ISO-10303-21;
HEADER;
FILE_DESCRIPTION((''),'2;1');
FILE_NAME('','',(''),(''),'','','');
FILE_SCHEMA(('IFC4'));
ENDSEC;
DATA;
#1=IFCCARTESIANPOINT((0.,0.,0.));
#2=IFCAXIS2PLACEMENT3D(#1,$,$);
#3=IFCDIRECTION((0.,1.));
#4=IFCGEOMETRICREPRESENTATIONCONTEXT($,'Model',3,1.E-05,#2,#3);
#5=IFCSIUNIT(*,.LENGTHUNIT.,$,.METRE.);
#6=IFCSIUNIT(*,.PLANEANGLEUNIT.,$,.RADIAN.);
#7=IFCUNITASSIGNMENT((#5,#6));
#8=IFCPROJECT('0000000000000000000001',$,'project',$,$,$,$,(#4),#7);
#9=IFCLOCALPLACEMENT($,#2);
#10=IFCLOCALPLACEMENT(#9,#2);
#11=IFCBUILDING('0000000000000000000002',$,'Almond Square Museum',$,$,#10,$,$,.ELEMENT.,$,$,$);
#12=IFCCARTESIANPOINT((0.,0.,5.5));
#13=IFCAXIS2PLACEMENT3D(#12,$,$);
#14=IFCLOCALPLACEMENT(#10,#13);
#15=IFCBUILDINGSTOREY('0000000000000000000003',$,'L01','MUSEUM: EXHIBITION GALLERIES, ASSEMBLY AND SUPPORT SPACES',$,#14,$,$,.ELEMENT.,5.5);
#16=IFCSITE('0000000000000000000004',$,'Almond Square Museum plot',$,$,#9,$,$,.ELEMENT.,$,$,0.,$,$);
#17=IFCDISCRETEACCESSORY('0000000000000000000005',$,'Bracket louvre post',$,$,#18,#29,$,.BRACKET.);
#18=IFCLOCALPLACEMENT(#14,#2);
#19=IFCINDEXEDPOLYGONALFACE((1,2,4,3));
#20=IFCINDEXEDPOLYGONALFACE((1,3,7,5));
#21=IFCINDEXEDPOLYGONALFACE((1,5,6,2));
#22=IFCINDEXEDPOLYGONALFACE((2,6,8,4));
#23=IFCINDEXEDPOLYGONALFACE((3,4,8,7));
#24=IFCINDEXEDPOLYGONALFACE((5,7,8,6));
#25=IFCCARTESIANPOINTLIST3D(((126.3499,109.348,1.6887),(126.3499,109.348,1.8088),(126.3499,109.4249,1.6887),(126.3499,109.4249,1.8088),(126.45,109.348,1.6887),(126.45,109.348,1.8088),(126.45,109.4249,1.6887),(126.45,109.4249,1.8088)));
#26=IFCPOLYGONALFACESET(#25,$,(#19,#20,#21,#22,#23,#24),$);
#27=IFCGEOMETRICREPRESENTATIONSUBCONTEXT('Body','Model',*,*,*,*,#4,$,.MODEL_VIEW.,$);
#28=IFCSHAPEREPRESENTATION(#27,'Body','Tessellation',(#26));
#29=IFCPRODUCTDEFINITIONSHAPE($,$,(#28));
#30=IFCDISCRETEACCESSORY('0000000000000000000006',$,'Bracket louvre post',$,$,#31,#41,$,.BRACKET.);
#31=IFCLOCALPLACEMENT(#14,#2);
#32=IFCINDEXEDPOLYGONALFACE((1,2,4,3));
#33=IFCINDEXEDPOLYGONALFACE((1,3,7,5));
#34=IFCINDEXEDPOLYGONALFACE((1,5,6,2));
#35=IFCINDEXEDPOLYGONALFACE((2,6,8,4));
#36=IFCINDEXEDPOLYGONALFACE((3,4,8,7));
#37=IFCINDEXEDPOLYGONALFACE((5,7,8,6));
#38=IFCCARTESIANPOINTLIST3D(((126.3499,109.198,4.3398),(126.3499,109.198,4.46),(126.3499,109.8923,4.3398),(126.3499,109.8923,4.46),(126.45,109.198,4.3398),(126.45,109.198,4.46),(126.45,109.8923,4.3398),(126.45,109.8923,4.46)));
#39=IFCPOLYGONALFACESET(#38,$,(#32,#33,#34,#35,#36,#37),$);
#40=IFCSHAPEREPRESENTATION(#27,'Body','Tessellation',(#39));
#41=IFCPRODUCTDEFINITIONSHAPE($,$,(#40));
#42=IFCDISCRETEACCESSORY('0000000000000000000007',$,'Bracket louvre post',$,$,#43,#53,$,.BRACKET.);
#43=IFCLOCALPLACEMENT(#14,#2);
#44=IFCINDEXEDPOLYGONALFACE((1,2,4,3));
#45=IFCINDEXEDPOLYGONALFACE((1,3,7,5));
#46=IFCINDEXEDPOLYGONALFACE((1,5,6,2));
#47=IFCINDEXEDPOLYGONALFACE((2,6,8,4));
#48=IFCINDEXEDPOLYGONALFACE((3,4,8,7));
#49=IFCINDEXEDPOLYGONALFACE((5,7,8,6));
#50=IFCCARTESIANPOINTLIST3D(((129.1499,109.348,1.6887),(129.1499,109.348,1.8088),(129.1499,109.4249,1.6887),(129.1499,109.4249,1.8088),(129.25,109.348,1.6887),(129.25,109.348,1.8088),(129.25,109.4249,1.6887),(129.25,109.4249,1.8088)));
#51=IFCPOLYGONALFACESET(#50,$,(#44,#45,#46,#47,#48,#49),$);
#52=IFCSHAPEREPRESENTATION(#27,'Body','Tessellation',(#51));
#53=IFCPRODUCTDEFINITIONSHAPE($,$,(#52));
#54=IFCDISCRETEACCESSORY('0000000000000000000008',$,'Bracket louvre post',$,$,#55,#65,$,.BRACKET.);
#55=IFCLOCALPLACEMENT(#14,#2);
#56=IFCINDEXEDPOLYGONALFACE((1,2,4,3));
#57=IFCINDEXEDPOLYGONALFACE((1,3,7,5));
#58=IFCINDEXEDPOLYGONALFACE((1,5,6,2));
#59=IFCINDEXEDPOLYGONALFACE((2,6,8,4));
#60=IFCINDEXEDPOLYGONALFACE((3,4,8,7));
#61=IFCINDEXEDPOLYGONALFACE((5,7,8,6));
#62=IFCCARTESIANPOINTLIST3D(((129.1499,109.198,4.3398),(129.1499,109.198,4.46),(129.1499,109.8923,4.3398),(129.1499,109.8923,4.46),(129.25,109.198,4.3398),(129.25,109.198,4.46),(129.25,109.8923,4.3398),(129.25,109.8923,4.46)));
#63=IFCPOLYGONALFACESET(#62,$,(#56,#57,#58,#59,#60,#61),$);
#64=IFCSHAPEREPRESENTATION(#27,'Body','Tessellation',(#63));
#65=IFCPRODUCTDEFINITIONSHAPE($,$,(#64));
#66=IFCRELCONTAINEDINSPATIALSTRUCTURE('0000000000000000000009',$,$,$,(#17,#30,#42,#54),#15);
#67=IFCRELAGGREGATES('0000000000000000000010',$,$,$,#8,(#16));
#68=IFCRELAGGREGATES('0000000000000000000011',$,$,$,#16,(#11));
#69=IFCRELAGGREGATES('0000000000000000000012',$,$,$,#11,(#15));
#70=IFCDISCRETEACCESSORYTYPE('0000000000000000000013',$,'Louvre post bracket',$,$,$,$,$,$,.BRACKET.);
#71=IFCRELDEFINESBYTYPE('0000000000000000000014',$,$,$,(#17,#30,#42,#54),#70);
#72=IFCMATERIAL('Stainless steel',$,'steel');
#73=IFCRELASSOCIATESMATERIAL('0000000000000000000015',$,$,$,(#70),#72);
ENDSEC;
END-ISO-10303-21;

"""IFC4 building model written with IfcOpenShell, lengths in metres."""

from ifc_helpers import new_model, si_unit, direction, frame, origin, origin_2d, place, context, subcontext, project, spatial, rectangle, extrude, material, type_object, element, save


model = new_model("IFC4")

# Units and contexts
model_context = context("Model", 3, precision=1e-05, world=origin(), true_north=direction((0.0, 1.0)))
body_context = subcontext(model_context, "Body", "Model", "MODEL_VIEW")
ifc_project = project(units=[si_unit("LENGTHUNIT", "METRE"), si_unit("PLANEANGLEUNIT", "RADIAN")], contexts=[model_context])

# Site, building, storey
site_placement = place(None, origin())
site = spatial("IfcSite", under=ifc_project, at=site_placement, Name="Almond Square Museum plot", CompositionType="ELEMENT", RefElevation=0.0)
building_placement = place(site_placement, origin())
building = spatial("IfcBuilding", under=site, at=building_placement, Name="Almond Square Museum", CompositionType="ELEMENT")
storey_placement = place(building_placement, frame((0.0, 0.0, 5.5)))
storey = spatial("IfcBuildingStorey", under=building, at=storey_placement, Name="L01", Description="MUSEUM: EXHIBITION GALLERIES, ASSEMBLY AND SUPPORT SPACES", CompositionType="ELEMENT", Elevation=5.5)

# Discrete accessories
ifc_material_1 = material(Name="Stainless steel", Category="steel")
discrete_accessory_type = type_object("IfcDiscreteAccessoryType", Name="Louvre post bracket", PredefinedType="BRACKET", material=ifc_material_1)
discrete_accessory_1_placement = place(storey_placement, frame((126.3999, 109.3865, 1.6887), z_axis=(0.0, 0.0, 1.0), x_axis=(1.0, 0.0, 0.0)))
element("IfcDiscreteAccessory", 1, at=discrete_accessory_1_placement, inside=storey, type_object=discrete_accessory_type, Name="Bracket louvre post", PredefinedType="BRACKET", context=body_context, shape_type="SweptSolid", body=[
    extrude(rectangle(XDim=0.1001, YDim=0.0769, at=origin_2d()), origin(), (0.0, 0.0, 1.0), 0.1201),
])
discrete_accessory_2_placement = place(storey_placement, frame((126.3999, 109.5452, 4.3398), z_axis=(0.0, 0.0, 1.0), x_axis=(1.0, 0.0, 0.0)))
element("IfcDiscreteAccessory", 2, at=discrete_accessory_2_placement, inside=storey, type_object=discrete_accessory_type, Name="Bracket louvre post", PredefinedType="BRACKET", context=body_context, shape_type="SweptSolid", body=[
    extrude(rectangle(XDim=0.1001, YDim=0.6943, at=origin_2d()), origin(), (0.0, 0.0, 1.0), 0.1201),
])
discrete_accessory_3_placement = place(storey_placement, frame((129.2, 109.3865, 1.6887), z_axis=(0.0, 0.0, 1.0), x_axis=(1.0, 0.0, 0.0)))
element("IfcDiscreteAccessory", 3, at=discrete_accessory_3_placement, inside=storey, type_object=discrete_accessory_type, Name="Bracket louvre post", PredefinedType="BRACKET", context=body_context, shape_type="SweptSolid", body=[
    extrude(rectangle(XDim=0.1001, YDim=0.0769, at=origin_2d()), origin(), (0.0, 0.0, 1.0), 0.1201),
])
discrete_accessory_4_placement = place(storey_placement, frame((129.2, 109.5452, 4.3398), z_axis=(0.0, 0.0, 1.0), x_axis=(1.0, 0.0, 0.0)))
element("IfcDiscreteAccessory", 4, at=discrete_accessory_4_placement, inside=storey, type_object=discrete_accessory_type, Name="Bracket louvre post", PredefinedType="BRACKET", context=body_context, shape_type="SweptSolid", body=[
    extrude(rectangle(XDim=0.1001, YDim=0.6943, at=origin_2d()), origin(), (0.0, 0.0, 1.0), 0.1201),
])

save(model, "model.ifc")
